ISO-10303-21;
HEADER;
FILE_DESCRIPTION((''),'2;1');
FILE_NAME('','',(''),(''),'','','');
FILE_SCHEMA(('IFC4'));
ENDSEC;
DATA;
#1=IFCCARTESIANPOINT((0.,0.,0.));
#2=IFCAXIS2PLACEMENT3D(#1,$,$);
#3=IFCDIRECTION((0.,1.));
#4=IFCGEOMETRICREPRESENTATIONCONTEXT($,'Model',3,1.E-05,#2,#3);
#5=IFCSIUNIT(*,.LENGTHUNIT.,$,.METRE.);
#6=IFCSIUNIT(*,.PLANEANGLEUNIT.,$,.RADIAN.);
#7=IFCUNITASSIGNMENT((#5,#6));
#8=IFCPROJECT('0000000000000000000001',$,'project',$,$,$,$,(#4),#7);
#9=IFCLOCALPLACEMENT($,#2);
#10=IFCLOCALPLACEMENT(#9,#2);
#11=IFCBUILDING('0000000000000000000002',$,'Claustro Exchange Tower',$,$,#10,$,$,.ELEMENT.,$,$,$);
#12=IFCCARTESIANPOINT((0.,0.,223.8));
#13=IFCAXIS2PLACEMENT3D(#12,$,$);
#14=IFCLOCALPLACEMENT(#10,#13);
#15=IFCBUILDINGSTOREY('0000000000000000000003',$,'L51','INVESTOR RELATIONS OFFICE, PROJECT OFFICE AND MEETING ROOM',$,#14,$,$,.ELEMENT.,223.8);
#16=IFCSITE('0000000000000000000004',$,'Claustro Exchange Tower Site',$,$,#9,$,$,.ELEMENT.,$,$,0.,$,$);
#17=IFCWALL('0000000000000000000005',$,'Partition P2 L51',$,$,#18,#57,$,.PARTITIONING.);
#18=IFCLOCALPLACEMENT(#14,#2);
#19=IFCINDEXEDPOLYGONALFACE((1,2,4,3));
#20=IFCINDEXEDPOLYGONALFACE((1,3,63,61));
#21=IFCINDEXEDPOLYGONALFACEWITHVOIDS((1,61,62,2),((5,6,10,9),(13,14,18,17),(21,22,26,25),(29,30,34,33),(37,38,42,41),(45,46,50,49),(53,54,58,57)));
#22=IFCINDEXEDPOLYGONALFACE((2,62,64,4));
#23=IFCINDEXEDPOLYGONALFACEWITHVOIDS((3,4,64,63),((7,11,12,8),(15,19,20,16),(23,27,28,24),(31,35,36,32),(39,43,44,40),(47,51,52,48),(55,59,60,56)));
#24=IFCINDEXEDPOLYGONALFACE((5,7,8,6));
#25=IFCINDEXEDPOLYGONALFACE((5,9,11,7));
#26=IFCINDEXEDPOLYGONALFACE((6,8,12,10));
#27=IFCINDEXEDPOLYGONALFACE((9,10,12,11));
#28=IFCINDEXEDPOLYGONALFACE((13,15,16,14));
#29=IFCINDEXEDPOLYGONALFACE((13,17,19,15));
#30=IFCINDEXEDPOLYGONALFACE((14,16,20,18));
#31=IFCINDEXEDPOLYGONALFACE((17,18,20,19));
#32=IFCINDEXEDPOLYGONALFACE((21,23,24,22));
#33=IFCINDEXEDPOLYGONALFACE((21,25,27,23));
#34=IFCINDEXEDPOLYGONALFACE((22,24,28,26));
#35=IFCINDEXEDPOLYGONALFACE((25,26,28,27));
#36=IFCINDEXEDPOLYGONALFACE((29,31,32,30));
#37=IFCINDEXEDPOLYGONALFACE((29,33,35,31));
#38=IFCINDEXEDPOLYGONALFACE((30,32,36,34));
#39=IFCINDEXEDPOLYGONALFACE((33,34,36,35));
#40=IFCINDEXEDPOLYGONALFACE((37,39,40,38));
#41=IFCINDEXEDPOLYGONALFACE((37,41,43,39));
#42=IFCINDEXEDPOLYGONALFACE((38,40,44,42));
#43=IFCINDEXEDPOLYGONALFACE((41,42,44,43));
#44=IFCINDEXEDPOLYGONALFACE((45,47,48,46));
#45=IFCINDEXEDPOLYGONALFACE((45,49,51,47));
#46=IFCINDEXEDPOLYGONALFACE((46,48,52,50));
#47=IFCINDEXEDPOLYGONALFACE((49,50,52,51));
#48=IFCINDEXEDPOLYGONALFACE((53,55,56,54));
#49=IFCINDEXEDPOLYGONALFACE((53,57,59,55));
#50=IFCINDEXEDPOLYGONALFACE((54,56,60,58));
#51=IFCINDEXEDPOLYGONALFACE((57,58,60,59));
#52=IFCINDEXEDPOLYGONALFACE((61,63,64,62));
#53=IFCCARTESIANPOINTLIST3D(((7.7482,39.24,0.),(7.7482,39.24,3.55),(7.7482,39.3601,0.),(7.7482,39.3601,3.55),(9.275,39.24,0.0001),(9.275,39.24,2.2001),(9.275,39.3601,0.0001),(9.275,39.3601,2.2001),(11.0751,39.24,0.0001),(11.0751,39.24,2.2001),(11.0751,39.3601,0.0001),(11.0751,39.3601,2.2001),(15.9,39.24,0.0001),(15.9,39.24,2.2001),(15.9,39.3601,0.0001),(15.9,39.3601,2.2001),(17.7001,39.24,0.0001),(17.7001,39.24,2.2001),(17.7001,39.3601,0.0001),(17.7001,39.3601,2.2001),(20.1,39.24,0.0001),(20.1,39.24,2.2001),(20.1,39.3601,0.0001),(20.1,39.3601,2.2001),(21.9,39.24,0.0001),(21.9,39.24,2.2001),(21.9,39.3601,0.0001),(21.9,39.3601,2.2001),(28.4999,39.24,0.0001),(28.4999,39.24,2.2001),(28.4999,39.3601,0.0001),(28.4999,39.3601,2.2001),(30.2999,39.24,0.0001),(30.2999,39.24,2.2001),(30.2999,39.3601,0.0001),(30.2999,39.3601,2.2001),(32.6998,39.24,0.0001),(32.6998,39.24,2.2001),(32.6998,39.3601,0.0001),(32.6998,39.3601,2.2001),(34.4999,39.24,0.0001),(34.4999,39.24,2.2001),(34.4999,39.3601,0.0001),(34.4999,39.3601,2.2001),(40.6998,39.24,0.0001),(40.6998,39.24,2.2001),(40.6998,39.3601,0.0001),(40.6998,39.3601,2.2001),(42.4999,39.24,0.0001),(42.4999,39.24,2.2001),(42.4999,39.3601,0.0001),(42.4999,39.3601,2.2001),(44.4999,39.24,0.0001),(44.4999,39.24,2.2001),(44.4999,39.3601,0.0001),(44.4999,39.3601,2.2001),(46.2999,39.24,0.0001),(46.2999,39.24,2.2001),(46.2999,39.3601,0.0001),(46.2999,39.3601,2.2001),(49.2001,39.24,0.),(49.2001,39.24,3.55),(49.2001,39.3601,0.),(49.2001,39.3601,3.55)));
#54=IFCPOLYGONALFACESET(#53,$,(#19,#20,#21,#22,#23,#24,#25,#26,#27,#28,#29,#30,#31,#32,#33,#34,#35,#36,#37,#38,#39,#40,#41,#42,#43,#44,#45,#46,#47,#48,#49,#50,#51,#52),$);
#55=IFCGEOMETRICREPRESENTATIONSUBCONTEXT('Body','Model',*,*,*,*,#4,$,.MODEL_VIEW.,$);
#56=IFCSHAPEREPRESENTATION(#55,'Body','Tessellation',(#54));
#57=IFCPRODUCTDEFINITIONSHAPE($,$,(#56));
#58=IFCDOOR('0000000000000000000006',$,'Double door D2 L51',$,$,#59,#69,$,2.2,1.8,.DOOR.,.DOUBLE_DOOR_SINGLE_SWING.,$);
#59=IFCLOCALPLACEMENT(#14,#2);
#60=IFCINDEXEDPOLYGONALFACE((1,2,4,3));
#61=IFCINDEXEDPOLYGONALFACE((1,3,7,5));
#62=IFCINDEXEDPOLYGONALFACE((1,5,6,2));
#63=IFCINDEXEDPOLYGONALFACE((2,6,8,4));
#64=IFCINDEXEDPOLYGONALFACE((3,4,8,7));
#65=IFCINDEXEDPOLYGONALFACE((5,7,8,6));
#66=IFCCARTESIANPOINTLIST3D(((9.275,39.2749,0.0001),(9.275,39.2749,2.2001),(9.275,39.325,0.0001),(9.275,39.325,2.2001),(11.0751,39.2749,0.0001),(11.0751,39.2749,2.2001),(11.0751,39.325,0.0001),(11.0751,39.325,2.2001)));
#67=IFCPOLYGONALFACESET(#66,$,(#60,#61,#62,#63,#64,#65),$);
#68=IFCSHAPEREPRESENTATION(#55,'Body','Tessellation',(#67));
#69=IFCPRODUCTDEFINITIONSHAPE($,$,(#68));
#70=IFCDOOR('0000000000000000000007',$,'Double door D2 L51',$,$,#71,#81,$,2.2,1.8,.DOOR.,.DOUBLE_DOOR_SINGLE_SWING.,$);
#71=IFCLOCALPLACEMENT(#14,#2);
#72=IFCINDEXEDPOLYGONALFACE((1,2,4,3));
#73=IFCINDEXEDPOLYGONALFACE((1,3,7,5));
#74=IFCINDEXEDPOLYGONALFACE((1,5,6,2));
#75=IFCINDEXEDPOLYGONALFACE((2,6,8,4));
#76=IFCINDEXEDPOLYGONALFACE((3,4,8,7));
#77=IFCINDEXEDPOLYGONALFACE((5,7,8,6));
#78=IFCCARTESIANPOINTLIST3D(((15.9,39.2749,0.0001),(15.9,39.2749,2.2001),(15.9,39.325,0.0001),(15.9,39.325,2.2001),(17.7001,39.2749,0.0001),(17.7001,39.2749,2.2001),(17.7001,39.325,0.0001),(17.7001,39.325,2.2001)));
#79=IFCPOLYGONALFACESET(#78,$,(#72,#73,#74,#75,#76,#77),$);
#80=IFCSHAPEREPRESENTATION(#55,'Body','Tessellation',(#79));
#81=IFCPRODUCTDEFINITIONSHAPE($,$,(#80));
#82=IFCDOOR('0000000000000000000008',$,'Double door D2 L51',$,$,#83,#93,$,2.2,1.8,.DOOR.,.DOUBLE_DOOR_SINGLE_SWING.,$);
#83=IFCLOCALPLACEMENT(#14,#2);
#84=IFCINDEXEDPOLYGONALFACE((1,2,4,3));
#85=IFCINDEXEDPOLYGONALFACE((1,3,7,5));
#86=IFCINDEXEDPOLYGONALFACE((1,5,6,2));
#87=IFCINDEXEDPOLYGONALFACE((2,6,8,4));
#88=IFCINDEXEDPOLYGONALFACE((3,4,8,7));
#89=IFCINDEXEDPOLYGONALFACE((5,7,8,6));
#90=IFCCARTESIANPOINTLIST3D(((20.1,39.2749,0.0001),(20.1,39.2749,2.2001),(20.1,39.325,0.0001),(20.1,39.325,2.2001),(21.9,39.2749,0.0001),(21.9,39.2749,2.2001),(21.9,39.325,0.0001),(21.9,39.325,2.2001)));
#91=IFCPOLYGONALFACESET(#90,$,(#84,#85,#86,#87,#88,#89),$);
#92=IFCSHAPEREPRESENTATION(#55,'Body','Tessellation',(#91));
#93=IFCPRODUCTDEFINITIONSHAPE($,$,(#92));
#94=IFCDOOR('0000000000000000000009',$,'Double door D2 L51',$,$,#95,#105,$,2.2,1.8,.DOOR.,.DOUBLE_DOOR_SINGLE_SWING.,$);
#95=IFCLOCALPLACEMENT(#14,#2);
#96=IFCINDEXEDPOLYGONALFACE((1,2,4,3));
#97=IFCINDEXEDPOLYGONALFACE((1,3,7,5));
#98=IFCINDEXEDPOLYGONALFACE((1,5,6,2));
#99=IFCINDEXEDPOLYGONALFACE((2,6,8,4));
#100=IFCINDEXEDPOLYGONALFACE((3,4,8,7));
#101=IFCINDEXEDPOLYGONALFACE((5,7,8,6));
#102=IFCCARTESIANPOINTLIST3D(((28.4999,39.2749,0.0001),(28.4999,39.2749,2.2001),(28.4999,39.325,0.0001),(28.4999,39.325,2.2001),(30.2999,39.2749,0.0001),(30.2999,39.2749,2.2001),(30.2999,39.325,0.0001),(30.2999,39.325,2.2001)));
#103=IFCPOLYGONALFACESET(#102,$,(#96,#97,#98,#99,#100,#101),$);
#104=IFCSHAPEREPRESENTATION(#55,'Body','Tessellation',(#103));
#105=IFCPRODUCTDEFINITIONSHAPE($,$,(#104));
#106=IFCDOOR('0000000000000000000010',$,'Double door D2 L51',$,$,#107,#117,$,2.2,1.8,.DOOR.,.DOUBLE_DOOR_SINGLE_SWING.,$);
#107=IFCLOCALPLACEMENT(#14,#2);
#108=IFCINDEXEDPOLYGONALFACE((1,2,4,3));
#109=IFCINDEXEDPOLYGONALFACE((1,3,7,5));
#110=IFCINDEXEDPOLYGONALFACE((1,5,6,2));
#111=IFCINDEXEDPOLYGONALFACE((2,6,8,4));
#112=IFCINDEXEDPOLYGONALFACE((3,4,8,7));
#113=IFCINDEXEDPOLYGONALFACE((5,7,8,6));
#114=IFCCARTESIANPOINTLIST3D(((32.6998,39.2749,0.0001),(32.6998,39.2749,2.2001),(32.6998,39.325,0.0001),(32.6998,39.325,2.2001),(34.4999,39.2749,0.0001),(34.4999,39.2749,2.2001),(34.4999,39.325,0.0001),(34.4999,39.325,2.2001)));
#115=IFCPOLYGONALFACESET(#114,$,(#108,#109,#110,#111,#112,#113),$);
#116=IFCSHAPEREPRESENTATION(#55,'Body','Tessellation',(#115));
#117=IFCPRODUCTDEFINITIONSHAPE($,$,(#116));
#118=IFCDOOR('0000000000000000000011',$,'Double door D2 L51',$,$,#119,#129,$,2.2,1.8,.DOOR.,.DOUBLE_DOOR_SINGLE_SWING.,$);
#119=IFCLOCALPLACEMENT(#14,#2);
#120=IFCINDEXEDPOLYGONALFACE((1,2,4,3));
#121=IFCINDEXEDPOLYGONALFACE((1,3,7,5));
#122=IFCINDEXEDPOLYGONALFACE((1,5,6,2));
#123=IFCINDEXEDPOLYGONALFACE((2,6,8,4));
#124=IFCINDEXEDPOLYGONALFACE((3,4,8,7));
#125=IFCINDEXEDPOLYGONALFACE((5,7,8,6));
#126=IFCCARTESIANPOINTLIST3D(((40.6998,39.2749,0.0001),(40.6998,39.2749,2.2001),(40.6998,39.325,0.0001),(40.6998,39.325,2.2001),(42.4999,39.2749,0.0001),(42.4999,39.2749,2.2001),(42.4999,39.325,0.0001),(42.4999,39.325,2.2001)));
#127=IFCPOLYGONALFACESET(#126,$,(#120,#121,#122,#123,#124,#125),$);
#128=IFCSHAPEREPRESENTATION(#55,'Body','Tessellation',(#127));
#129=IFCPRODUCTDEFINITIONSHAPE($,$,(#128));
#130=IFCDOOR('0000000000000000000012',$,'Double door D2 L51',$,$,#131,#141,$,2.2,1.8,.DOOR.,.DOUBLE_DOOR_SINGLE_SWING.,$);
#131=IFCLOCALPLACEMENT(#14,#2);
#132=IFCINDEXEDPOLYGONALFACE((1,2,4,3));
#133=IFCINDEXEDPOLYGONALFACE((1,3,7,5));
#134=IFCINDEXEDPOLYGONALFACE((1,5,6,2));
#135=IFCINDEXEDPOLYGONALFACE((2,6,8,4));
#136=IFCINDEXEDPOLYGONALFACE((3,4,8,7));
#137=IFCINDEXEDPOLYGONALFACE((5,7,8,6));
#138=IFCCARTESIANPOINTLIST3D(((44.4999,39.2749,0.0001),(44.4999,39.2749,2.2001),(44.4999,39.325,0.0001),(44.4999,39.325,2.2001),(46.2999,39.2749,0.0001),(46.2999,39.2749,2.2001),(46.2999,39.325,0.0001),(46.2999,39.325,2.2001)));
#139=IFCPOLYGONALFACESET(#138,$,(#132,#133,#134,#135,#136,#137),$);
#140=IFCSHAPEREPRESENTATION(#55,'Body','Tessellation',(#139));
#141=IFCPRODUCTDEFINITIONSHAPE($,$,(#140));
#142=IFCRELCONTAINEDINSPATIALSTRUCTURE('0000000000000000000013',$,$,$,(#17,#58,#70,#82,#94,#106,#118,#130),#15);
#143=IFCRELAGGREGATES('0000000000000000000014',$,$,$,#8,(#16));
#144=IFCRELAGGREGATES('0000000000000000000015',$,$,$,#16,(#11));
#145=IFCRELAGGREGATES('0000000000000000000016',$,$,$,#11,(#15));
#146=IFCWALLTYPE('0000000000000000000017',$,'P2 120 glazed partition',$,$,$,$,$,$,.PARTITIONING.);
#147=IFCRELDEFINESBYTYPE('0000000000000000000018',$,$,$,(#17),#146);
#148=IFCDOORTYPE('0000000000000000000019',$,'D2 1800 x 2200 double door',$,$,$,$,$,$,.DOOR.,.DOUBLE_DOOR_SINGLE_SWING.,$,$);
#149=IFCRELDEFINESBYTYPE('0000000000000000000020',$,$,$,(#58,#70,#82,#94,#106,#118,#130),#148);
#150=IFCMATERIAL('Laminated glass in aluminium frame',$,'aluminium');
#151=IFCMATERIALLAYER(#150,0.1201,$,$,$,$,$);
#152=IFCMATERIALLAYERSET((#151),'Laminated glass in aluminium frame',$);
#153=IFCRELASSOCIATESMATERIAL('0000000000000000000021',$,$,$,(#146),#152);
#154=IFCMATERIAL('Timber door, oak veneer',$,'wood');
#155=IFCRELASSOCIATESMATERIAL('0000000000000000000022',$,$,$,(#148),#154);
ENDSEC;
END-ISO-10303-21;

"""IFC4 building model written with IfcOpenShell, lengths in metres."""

from ifc_helpers import new_model, si_unit, direction, frame, frame_2d, origin, place, context, subcontext, project, spatial, rectangle, extrude, material, layer, layer_set, type_object, element, fill, save


model = new_model("IFC4")

# Units and contexts
model_context = context("Model", 3, precision=1e-05, world=origin(), true_north=direction((0.0, 1.0)))
body_context = subcontext(model_context, "Body", "Model", "MODEL_VIEW")
ifc_project = project(units=[si_unit("LENGTHUNIT", "METRE"), si_unit("PLANEANGLEUNIT", "RADIAN")], contexts=[model_context])

# Site, building, storey
site_placement = place(None, origin())
site = spatial("IfcSite", under=ifc_project, at=site_placement, Name="Claustro Exchange Tower Site", CompositionType="ELEMENT", RefElevation=0.0)
building_placement = place(site_placement, origin())
building = spatial("IfcBuilding", under=site, at=building_placement, Name="Claustro Exchange Tower", CompositionType="ELEMENT")
storey_placement = place(building_placement, frame((0.0, 0.0, 223.8)))
storey = spatial("IfcBuildingStorey", under=building, at=storey_placement, Name="L51", Description="INVESTOR RELATIONS OFFICE, PROJECT OFFICE AND MEETING ROOM", CompositionType="ELEMENT", Elevation=223.8)

# Shared definitions
ifc_material_1 = material(Name="Laminated glass in aluminium frame", Category="aluminium")
ifc_layer = layer(ifc_material_1, 0.1201)
ifc_layer_set = layer_set([ifc_layer], Name="Laminated glass in aluminium frame")
wall_type = type_object("IfcWallType", Name="P2 120 glazed partition", PredefinedType="PARTITIONING", material=ifc_layer_set)

# Wall, openings, doors
wall_1_placement = place(storey_placement, frame((7.748, 39.3, 0.0), z_axis=(0.0, 0.0, 1.0), x_axis=(1.0, 0.0, 0.0)))
wall_1 = element("IfcWall", 1, at=wall_1_placement, inside=storey, type_object=wall_type, Name="Partition P2 L51", PredefinedType="PARTITIONING", context=body_context, shape_type="SweptSolid", body=[
    extrude(rectangle(XDim=41.4519, YDim=0.1201, at=frame_2d((20.7261, 0.0))), origin(), (0.0, 0.0, 1.0), 3.55),
])
opening_1_placement = place(wall_1_placement, frame((1.5271, 0.0, 0.0)))
opening_1 = element("IfcOpeningElement", 2, at=opening_1_placement, cuts=wall_1, PredefinedType="OPENING", context=body_context, shape_type="SweptSolid", body=[
    extrude(rectangle(XDim=1.8, YDim=2.2, at=frame_2d((0.8999, 1.1001))), frame((0.0, 0.0701, 0.0), z_axis=(0.0, -1.0, 0.0), x_axis=(1.0, 0.0, 0.0)), (0.0, 0.0, 1.0), 0.1401),
])
opening_2_placement = place(wall_1_placement, frame((8.1521, 0.0, 0.0)))
opening_2 = element("IfcOpeningElement", 3, at=opening_2_placement, cuts=wall_1, PredefinedType="OPENING", context=body_context, shape_type="SweptSolid", body=[
    extrude(rectangle(XDim=1.8, YDim=2.2, at=frame_2d((0.8999, 1.1001))), frame((0.0, 0.0701, 0.0), z_axis=(0.0, -1.0, 0.0), x_axis=(1.0, 0.0, 0.0)), (0.0, 0.0, 1.0), 0.1401),
])
opening_3_placement = place(wall_1_placement, frame((12.3521, 0.0, 0.0)))
opening_3 = element("IfcOpeningElement", 4, at=opening_3_placement, cuts=wall_1, PredefinedType="OPENING", context=body_context, shape_type="SweptSolid", body=[
    extrude(rectangle(XDim=1.8, YDim=2.2, at=frame_2d((0.8999, 1.1001))), frame((0.0, 0.0701, 0.0), z_axis=(0.0, -1.0, 0.0), x_axis=(1.0, 0.0, 0.0)), (0.0, 0.0, 1.0), 0.1401),
])
opening_4_placement = place(wall_1_placement, frame((20.752, 0.0, 0.0)))
opening_4 = element("IfcOpeningElement", 5, at=opening_4_placement, cuts=wall_1, PredefinedType="OPENING", context=body_context, shape_type="SweptSolid", body=[
    extrude(rectangle(XDim=1.8, YDim=2.2, at=frame_2d((0.8999, 1.1001))), frame((0.0, 0.0701, 0.0), z_axis=(0.0, -1.0, 0.0), x_axis=(1.0, 0.0, 0.0)), (0.0, 0.0, 1.0), 0.1401),
])
opening_5_placement = place(wall_1_placement, frame((24.9519, 0.0, 0.0)))
opening_5 = element("IfcOpeningElement", 6, at=opening_5_placement, cuts=wall_1, PredefinedType="OPENING", context=body_context, shape_type="SweptSolid", body=[
    extrude(rectangle(XDim=1.8, YDim=2.2, at=frame_2d((0.8999, 1.1001))), frame((0.0, 0.0701, 0.0), z_axis=(0.0, -1.0, 0.0), x_axis=(1.0, 0.0, 0.0)), (0.0, 0.0, 1.0), 0.1401),
])
opening_6_placement = place(wall_1_placement, frame((32.9519, 0.0, 0.0)))
opening_6 = element("IfcOpeningElement", 7, at=opening_6_placement, cuts=wall_1, PredefinedType="OPENING", context=body_context, shape_type="SweptSolid", body=[
    extrude(rectangle(XDim=1.8, YDim=2.2, at=frame_2d((0.8999, 1.1001))), frame((0.0, 0.0701, 0.0), z_axis=(0.0, -1.0, 0.0), x_axis=(1.0, 0.0, 0.0)), (0.0, 0.0, 1.0), 0.1401),
])
opening_7_placement = place(wall_1_placement, frame((36.752, 0.0, 0.0)))
opening_7 = element("IfcOpeningElement", 8, at=opening_7_placement, cuts=wall_1, PredefinedType="OPENING", context=body_context, shape_type="SweptSolid", body=[
    extrude(rectangle(XDim=1.8, YDim=2.2, at=frame_2d((0.8999, 1.1001))), frame((0.0, 0.0701, 0.0), z_axis=(0.0, -1.0, 0.0), x_axis=(1.0, 0.0, 0.0)), (0.0, 0.0, 1.0), 0.1401),
])
ifc_material_2 = material(Name="Timber door, oak veneer", Category="wood")
door_type_1 = type_object("IfcDoorType", Name="D2 1800 x 2200 double door", OperationType="DOUBLE_DOOR_SINGLE_SWING", PredefinedType="DOOR", material=ifc_material_2)
door_1_placement = place(opening_1_placement, origin())
door_1 = element("IfcDoor", 9, at=door_1_placement, inside=storey, type_object=door_type_1, Name="Double door D2 L51", OperationType="DOUBLE_DOOR_SINGLE_SWING", OverallHeight=2.2, OverallWidth=1.8, PredefinedType="DOOR", context=body_context, shape_type="SweptSolid", body=[
    extrude(rectangle(XDim=1.8, YDim=2.2, at=frame_2d((0.8999, 1.1001))), frame((0.0, 0.0249, 0.0), z_axis=(0.0, -1.0, 0.0), x_axis=(1.0, 0.0, 0.0)), (0.0, 0.0, 1.0), 0.05),
])
fill(opening_1, door_1)
door_2_placement = place(opening_2_placement, origin())
door_2 = element("IfcDoor", 10, at=door_2_placement, inside=storey, type_object=door_type_1, Name="Double door D2 L51", OperationType="DOUBLE_DOOR_SINGLE_SWING", OverallHeight=2.2, OverallWidth=1.8, PredefinedType="DOOR", context=body_context, shape_type="SweptSolid", body=[
    extrude(rectangle(XDim=1.8, YDim=2.2, at=frame_2d((0.8999, 1.1001))), frame((0.0, 0.0249, 0.0), z_axis=(0.0, -1.0, 0.0), x_axis=(1.0, 0.0, 0.0)), (0.0, 0.0, 1.0), 0.05),
])
fill(opening_2, door_2)
door_3_placement = place(opening_3_placement, origin())
door_3 = element("IfcDoor", 11, at=door_3_placement, inside=storey, type_object=door_type_1, Name="Double door D2 L51", OperationType="DOUBLE_DOOR_SINGLE_SWING", OverallHeight=2.2, OverallWidth=1.8, PredefinedType="DOOR", context=body_context, shape_type="SweptSolid", body=[
    extrude(rectangle(XDim=1.8, YDim=2.2, at=frame_2d((0.8999, 1.1001))), frame((0.0, 0.0249, 0.0), z_axis=(0.0, -1.0, 0.0), x_axis=(1.0, 0.0, 0.0)), (0.0, 0.0, 1.0), 0.05),
])
fill(opening_3, door_3)
door_4_placement = place(opening_4_placement, origin())
door_4 = element("IfcDoor", 12, at=door_4_placement, inside=storey, type_object=door_type_1, Name="Double door D2 L51", OperationType="DOUBLE_DOOR_SINGLE_SWING", OverallHeight=2.2, OverallWidth=1.8, PredefinedType="DOOR", context=body_context, shape_type="SweptSolid", body=[
    extrude(rectangle(XDim=1.8, YDim=2.2, at=frame_2d((0.8999, 1.1001))), frame((0.0, 0.0249, 0.0), z_axis=(0.0, -1.0, 0.0), x_axis=(1.0, 0.0, 0.0)), (0.0, 0.0, 1.0), 0.05),
])
fill(opening_4, door_4)
door_5_placement = place(opening_5_placement, origin())
door_5 = element("IfcDoor", 13, at=door_5_placement, inside=storey, type_object=door_type_1, Name="Double door D2 L51", OperationType="DOUBLE_DOOR_SINGLE_SWING", OverallHeight=2.2, OverallWidth=1.8, PredefinedType="DOOR", context=body_context, shape_type="SweptSolid", body=[
    extrude(rectangle(XDim=1.8, YDim=2.2, at=frame_2d((0.8999, 1.1001))), frame((0.0, 0.0249, 0.0), z_axis=(0.0, -1.0, 0.0), x_axis=(1.0, 0.0, 0.0)), (0.0, 0.0, 1.0), 0.05),
])
fill(opening_5, door_5)
door_6_placement = place(opening_6_placement, origin())
door_6 = element("IfcDoor", 14, at=door_6_placement, inside=storey, type_object=door_type_1, Name="Double door D2 L51", OperationType="DOUBLE_DOOR_SINGLE_SWING", OverallHeight=2.2, OverallWidth=1.8, PredefinedType="DOOR", context=body_context, shape_type="SweptSolid", body=[
    extrude(rectangle(XDim=1.8, YDim=2.2, at=frame_2d((0.8999, 1.1001))), frame((0.0, 0.0249, 0.0), z_axis=(0.0, -1.0, 0.0), x_axis=(1.0, 0.0, 0.0)), (0.0, 0.0, 1.0), 0.05),
])
fill(opening_6, door_6)
door_7_placement = place(opening_7_placement, origin())
door_7 = element("IfcDoor", 15, at=door_7_placement, inside=storey, type_object=door_type_1, Name="Double door D2 L51", OperationType="DOUBLE_DOOR_SINGLE_SWING", OverallHeight=2.2, OverallWidth=1.8, PredefinedType="DOOR", context=body_context, shape_type="SweptSolid", body=[
    extrude(rectangle(XDim=1.8, YDim=2.2, at=frame_2d((0.8999, 1.1001))), frame((0.0, 0.0249, 0.0), z_axis=(0.0, -1.0, 0.0), x_axis=(1.0, 0.0, 0.0)), (0.0, 0.0, 1.0), 0.05),
])
fill(opening_7, door_7)

save(model, "model.ifc")
